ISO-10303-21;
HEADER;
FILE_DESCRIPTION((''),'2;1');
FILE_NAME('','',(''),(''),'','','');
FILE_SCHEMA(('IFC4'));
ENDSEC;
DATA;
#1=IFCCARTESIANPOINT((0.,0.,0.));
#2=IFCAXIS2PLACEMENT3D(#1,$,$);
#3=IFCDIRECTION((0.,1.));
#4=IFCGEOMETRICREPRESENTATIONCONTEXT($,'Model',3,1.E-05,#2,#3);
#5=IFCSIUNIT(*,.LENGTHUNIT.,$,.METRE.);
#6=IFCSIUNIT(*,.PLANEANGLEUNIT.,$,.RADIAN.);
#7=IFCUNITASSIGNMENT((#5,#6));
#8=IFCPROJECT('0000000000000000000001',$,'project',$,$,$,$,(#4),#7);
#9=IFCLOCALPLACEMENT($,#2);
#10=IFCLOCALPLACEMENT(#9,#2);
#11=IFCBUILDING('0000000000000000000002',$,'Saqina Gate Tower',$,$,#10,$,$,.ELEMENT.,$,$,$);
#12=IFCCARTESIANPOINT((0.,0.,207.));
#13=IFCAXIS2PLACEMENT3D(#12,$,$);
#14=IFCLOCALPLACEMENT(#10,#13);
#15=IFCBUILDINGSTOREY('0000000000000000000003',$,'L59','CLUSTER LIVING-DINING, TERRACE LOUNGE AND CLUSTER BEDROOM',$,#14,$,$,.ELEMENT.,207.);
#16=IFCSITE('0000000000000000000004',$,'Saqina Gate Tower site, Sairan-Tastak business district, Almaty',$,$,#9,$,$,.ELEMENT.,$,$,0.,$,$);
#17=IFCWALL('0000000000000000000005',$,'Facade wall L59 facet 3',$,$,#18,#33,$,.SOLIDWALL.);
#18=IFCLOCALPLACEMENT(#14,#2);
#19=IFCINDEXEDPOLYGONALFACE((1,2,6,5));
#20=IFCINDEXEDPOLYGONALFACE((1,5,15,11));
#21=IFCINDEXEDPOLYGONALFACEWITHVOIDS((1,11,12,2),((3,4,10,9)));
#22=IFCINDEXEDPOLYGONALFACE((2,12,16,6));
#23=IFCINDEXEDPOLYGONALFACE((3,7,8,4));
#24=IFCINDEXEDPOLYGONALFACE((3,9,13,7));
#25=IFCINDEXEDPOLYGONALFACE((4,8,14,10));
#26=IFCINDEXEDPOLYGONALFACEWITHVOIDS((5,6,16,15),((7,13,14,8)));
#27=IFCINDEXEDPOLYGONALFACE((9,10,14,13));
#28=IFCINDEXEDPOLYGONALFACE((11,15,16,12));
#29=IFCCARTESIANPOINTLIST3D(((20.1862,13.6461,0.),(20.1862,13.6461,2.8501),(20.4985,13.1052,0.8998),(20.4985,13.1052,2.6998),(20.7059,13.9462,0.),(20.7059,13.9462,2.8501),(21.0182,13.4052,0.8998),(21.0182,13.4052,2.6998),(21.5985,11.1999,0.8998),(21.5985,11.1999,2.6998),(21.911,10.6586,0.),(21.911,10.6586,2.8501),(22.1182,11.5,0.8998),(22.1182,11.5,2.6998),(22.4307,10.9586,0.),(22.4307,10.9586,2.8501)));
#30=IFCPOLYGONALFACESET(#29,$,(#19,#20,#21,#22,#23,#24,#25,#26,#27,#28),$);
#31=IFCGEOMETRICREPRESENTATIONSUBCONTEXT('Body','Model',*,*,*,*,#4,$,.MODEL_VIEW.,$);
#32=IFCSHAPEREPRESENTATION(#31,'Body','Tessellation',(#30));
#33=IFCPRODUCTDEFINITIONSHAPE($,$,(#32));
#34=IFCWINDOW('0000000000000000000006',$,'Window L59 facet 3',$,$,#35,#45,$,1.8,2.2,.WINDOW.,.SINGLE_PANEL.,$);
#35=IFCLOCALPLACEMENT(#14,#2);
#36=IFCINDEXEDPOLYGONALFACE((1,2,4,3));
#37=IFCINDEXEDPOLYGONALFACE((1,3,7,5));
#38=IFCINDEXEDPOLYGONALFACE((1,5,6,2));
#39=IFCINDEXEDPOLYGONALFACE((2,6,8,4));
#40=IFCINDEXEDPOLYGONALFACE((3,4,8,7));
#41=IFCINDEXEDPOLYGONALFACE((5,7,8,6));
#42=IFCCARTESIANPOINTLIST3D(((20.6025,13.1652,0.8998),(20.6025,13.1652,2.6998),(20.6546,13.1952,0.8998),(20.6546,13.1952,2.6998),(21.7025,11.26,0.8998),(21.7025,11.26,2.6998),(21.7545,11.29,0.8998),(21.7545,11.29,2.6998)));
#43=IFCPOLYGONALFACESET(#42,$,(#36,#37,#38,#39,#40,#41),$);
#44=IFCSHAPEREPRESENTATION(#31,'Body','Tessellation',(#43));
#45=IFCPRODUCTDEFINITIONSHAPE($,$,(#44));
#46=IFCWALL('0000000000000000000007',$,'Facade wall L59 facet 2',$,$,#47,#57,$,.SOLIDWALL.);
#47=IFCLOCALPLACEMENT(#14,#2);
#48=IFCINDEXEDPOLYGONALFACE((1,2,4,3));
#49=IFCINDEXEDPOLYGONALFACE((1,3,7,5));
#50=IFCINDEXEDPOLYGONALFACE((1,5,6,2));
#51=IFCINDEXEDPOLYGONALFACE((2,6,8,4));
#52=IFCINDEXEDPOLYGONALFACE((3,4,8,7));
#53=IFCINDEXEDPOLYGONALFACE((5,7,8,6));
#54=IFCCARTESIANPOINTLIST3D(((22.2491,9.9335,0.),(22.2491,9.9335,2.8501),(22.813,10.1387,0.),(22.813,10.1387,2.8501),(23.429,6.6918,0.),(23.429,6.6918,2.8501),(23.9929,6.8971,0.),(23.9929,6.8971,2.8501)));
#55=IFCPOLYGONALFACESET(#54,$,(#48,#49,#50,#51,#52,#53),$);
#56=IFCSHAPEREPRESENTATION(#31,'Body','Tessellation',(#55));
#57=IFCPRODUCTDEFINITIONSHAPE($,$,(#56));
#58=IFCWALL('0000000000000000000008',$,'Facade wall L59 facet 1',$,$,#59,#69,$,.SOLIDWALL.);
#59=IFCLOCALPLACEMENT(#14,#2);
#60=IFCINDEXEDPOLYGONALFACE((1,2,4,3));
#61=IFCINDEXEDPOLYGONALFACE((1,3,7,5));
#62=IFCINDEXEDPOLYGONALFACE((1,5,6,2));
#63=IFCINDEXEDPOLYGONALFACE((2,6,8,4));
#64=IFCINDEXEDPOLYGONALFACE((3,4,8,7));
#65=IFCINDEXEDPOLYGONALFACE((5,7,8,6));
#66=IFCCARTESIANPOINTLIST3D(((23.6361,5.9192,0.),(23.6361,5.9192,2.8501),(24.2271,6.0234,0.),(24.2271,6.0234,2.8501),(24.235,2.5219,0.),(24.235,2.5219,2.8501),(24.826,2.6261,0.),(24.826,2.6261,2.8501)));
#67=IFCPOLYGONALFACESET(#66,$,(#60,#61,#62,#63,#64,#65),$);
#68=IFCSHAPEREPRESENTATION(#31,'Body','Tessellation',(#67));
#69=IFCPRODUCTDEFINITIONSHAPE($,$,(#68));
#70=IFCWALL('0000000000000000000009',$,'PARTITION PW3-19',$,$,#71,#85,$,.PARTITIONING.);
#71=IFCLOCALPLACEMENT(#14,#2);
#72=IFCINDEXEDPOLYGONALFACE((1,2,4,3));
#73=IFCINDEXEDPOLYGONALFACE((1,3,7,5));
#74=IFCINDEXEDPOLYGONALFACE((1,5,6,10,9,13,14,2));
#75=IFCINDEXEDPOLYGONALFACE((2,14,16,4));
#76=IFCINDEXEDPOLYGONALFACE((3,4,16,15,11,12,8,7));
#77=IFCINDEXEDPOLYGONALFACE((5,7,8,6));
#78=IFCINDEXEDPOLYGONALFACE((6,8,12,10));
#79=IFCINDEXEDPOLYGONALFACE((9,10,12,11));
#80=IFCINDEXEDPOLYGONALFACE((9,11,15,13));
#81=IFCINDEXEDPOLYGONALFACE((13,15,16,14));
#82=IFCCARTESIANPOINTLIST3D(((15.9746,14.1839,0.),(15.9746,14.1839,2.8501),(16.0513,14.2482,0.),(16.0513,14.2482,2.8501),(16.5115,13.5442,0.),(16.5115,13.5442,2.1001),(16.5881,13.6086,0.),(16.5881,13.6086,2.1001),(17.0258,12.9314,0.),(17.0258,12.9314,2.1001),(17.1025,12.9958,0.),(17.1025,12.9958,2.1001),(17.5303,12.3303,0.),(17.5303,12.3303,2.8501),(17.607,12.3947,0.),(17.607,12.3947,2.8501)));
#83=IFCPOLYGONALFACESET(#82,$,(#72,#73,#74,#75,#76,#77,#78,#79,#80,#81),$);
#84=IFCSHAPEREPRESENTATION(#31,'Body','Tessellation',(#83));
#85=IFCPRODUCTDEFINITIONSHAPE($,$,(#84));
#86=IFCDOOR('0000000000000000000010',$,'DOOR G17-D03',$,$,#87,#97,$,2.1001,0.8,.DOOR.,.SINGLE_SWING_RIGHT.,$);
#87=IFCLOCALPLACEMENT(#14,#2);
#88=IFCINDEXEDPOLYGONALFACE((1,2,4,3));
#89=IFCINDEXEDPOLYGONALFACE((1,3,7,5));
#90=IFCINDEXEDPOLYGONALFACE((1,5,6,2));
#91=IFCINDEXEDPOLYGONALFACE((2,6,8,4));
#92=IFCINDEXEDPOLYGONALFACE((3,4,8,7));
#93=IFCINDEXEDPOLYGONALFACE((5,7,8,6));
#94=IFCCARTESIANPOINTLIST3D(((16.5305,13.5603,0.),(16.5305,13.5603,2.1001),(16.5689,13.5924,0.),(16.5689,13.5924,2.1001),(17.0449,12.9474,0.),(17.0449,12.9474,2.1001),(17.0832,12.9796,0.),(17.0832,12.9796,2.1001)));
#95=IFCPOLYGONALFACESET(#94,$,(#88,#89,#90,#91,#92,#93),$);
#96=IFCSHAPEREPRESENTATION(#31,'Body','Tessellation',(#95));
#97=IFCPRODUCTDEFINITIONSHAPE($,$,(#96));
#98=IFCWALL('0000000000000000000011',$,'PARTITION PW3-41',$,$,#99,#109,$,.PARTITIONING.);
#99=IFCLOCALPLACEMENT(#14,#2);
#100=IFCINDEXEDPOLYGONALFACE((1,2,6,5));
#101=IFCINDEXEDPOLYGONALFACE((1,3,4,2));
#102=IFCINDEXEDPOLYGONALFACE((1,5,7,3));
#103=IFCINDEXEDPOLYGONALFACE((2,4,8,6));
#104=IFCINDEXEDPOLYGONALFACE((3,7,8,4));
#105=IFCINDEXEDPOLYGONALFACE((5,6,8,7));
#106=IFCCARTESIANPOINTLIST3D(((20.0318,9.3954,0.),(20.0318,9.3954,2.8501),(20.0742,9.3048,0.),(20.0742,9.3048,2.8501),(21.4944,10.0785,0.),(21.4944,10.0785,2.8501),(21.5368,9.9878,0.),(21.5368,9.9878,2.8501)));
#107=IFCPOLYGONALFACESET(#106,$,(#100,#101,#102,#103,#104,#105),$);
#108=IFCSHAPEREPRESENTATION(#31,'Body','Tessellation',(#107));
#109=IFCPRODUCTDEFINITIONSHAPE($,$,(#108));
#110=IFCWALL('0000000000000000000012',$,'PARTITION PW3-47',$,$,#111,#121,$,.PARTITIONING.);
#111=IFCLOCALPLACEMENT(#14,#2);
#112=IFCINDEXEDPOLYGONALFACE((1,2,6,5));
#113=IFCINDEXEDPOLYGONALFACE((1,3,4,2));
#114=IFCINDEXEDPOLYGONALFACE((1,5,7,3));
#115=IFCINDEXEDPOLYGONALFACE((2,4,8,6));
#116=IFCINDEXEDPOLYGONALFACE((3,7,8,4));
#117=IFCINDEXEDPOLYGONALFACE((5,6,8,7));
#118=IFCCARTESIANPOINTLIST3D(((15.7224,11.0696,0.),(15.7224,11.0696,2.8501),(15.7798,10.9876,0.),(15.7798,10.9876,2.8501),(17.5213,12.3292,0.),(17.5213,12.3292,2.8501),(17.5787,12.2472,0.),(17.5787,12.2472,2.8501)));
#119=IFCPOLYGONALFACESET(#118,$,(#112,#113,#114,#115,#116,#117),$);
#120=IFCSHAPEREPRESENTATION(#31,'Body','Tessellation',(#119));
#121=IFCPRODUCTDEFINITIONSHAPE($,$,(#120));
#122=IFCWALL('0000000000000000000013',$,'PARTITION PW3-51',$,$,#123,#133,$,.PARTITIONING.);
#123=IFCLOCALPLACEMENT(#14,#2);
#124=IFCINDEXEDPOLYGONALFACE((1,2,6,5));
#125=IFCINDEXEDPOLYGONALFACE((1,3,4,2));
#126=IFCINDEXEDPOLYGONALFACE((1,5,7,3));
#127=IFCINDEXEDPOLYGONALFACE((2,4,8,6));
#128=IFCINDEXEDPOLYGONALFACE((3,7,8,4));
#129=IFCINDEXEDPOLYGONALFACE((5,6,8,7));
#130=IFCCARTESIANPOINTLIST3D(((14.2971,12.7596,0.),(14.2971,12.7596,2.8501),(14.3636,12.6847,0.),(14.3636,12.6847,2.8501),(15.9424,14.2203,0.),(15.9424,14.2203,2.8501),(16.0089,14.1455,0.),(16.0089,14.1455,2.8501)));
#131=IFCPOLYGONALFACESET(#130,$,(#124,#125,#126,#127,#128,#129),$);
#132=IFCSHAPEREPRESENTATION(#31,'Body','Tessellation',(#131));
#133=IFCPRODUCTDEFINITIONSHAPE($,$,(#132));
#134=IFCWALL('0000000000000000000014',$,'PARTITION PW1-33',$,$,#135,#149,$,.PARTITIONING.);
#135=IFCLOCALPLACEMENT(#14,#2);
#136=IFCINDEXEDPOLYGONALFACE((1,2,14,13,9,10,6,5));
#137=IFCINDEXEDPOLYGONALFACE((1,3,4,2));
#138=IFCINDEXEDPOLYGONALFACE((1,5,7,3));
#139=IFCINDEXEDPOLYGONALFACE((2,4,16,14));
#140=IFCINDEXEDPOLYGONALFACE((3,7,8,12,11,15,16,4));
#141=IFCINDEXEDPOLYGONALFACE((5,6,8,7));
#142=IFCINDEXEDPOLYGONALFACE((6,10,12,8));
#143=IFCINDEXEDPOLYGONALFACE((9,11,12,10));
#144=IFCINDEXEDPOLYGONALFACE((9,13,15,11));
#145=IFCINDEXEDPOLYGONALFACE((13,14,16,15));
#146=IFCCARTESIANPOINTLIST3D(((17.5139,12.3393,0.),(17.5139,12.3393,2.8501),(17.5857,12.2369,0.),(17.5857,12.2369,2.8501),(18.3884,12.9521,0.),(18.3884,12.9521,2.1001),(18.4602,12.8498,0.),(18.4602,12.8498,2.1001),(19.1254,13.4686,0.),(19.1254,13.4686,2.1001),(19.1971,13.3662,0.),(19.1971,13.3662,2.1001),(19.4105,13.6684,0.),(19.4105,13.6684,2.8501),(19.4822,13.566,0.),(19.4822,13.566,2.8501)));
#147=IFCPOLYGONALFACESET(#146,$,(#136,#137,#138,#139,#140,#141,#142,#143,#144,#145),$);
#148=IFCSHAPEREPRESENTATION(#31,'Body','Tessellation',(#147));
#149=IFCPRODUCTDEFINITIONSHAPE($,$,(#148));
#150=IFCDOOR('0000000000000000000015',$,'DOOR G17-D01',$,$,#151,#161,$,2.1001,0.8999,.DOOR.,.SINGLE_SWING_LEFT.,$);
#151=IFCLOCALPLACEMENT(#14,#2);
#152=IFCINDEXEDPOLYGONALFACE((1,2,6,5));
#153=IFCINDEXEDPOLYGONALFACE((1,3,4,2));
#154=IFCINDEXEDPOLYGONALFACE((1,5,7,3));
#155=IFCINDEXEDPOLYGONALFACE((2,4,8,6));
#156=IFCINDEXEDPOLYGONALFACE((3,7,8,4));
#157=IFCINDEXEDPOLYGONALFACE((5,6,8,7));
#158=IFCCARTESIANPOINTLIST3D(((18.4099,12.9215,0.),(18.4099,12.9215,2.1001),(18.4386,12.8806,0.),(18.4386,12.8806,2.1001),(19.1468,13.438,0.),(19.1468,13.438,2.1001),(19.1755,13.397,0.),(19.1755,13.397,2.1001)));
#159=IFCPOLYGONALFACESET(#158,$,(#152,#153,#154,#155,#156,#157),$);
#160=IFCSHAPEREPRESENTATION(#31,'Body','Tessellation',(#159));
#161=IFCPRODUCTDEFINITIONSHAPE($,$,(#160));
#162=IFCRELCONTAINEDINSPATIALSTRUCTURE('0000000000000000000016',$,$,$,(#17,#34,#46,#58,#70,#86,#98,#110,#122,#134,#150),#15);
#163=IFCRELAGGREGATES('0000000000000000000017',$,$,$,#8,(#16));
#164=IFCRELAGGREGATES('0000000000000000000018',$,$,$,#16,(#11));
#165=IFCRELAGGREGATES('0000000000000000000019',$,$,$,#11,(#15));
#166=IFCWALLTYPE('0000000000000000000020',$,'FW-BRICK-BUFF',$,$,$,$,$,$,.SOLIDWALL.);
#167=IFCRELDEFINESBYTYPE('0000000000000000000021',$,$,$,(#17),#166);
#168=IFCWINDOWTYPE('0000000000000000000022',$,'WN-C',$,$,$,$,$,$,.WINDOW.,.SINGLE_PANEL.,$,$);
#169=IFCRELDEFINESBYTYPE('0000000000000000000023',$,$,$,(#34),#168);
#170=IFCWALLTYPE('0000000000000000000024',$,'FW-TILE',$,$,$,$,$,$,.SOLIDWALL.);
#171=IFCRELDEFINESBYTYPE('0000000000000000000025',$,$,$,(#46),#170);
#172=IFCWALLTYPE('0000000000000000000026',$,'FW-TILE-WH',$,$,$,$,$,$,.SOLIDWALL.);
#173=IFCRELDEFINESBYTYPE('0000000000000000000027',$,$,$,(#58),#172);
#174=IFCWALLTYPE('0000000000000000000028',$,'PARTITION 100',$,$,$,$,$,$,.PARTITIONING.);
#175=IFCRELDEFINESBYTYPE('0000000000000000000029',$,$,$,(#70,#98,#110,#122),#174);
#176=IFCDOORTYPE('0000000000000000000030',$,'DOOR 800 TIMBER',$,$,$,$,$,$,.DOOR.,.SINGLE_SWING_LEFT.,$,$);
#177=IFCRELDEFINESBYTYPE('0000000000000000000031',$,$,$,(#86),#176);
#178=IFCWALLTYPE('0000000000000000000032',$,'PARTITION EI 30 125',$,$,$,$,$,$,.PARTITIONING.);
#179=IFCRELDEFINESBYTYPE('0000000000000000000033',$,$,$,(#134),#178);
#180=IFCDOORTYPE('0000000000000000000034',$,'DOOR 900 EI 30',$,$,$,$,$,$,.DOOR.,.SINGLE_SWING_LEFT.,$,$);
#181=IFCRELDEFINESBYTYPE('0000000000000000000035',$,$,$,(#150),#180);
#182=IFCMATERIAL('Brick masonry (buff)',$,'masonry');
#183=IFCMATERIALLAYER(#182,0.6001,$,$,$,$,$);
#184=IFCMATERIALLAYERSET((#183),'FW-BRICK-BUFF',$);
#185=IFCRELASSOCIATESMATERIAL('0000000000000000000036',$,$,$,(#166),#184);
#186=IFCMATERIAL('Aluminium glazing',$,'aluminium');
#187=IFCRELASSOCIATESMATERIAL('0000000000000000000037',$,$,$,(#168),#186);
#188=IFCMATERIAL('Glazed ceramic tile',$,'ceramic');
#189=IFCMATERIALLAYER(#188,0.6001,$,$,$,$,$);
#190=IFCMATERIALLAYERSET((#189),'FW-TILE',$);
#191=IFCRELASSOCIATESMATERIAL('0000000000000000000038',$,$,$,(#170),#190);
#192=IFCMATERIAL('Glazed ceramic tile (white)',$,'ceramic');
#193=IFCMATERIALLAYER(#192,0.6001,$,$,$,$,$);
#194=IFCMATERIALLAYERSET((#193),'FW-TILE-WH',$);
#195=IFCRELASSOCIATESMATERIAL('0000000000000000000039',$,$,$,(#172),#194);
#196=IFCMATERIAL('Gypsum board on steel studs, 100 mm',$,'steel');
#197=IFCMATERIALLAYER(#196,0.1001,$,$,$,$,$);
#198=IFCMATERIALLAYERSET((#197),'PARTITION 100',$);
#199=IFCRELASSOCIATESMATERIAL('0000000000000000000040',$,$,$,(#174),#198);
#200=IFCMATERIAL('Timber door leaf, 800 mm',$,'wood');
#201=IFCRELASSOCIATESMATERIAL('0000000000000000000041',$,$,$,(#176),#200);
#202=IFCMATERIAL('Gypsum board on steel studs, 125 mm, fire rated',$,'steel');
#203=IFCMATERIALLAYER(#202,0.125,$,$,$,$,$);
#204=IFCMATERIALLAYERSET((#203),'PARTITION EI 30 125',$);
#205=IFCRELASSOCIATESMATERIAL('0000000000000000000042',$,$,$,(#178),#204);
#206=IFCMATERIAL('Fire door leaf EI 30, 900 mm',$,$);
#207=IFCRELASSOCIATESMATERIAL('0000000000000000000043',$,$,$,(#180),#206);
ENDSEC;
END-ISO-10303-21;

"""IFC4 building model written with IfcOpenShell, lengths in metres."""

from ifc_helpers import new_model, si_unit, direction, frame, frame_2d, origin, place, context, subcontext, project, spatial, rectangle, extrude, material, layer, layer_set, type_object, element, fill, save


model = new_model("IFC4")

# Units and contexts
model_context = context("Model", 3, precision=1e-05, world=origin(), true_north=direction((0.0, 1.0)))
body_context = subcontext(model_context, "Body", "Model", "MODEL_VIEW")
ifc_project = project(units=[si_unit("LENGTHUNIT", "METRE"), si_unit("PLANEANGLEUNIT", "RADIAN")], contexts=[model_context])

# Site, building, storey
site_placement = place(None, origin())
site = spatial("IfcSite", under=ifc_project, at=site_placement, Name="Saqina Gate Tower site, Sairan-Tastak business district, Almaty", CompositionType="ELEMENT", RefElevation=0.0)
building_placement = place(site_placement, origin())
building = spatial("IfcBuilding", under=site, at=building_placement, Name="Saqina Gate Tower", CompositionType="ELEMENT")
storey_placement = place(building_placement, frame((0.0, 0.0, 207.0)))
storey = spatial("IfcBuildingStorey", under=building, at=storey_placement, Name="L59", Description="CLUSTER LIVING-DINING, TERRACE LOUNGE AND CLUSTER BEDROOM", CompositionType="ELEMENT", Elevation=207.0)

# Wall, opening, window
ifc_material_1 = material(Name="Brick masonry (buff)", Category="masonry")
ifc_layer_1 = layer(ifc_material_1, 0.6001)
ifc_layer_set_1 = layer_set([ifc_layer_1], Name="FW-BRICK-BUFF")
wall_type_1 = type_object("IfcWallType", Name="FW-BRICK-BUFF", PredefinedType="SOLIDWALL", material=ifc_layer_set_1)
wall_1_placement = place(storey_placement, frame((22.1709, 10.8086, 0.0), z_axis=(0.0, 0.0, 1.0), x_axis=(-0.499998, 0.866026, 0.0)))
wall_1 = element("IfcWall", 1, at=wall_1_placement, inside=storey, type_object=wall_type_1, Name="Facade wall L59 facet 3", PredefinedType="SOLIDWALL", context=body_context, shape_type="SweptSolid", body=[
    extrude(rectangle(XDim=3.4497, YDim=0.6001, at=frame_2d((1.7249, 0.0))), origin(), (0.0, 0.0, 1.0), 2.8501),
])
opening_1_placement = place(wall_1_placement, frame((0.625, 0.0, 0.8999)))
opening_1 = element("IfcOpeningElement", 2, at=opening_1_placement, cuts=wall_1, PredefinedType="OPENING", context=body_context, shape_type="SweptSolid", body=[
    extrude(rectangle(XDim=2.2, YDim=1.8, at=frame_2d((1.1001, 0.8999))), frame((0.0, 0.312, 0.0), z_axis=(0.0, -1.0, 0.0), x_axis=(1.0, 0.0, 0.0)), (0.0, 0.0, 1.0), 0.624),
])
ifc_material_2 = material(Name="Aluminium glazing", Category="aluminium")
window_type = type_object("IfcWindowType", Name="WN-C", PartitioningType="SINGLE_PANEL", PredefinedType="WINDOW", material=ifc_material_2)
window_placement = place(opening_1_placement, origin())
window = element("IfcWindow", 3, at=window_placement, inside=storey, type_object=window_type, Name="Window L59 facet 3", OverallHeight=1.8, OverallWidth=2.2, PartitioningType="SINGLE_PANEL", PredefinedType="WINDOW", context=body_context, shape_type="SweptSolid", body=[
    extrude(rectangle(XDim=2.2, YDim=1.8, at=frame_2d((1.1001, 0.8999))), frame((0.0, 0.1799, 0.0), z_axis=(0.0, -1.0, 0.0), x_axis=(1.0, 0.0, 0.0)), (0.0, 0.0, 1.0), 0.0601),
])
fill(opening_1, window)

# Walls
ifc_material_3 = material(Name="Glazed ceramic tile", Category="ceramic")
ifc_layer_2 = layer(ifc_material_3, 0.6001)
ifc_layer_set_2 = layer_set([ifc_layer_2], Name="FW-TILE")
wall_type_2 = type_object("IfcWallType", Name="FW-TILE", PredefinedType="SOLIDWALL", material=ifc_layer_set_2)
wall_2_placement = place(storey_placement, frame((23.7109, 6.7944, 0.0), z_axis=(0.0, 0.0, 1.0), x_axis=(-0.342033, 0.939688, 0.0)))
element("IfcWall", 4, at=wall_2_placement, inside=storey, type_object=wall_type_2, Name="Facade wall L59 facet 2", PredefinedType="SOLIDWALL", context=body_context, shape_type="SweptSolid", body=[
    extrude(rectangle(XDim=3.4497, YDim=0.6001, at=frame_2d((1.7249, 0.0))), origin(), (0.0, 0.0, 1.0), 2.8501),
])
ifc_material_4 = material(Name="Glazed ceramic tile (white)", Category="ceramic")
ifc_layer_3 = layer(ifc_material_4, 0.6001)
ifc_layer_set_3 = layer_set([ifc_layer_3], Name="FW-TILE-WH")
wall_type_3 = type_object("IfcWallType", Name="FW-TILE-WH", PredefinedType="SOLIDWALL", material=ifc_layer_set_3)
wall_3_placement = place(storey_placement, frame((24.5305, 2.574, 0.0), z_axis=(0.0, 0.0, 1.0), x_axis=(-0.173608, 0.984815, 0.0)))
element("IfcWall", 5, at=wall_3_placement, inside=storey, type_object=wall_type_3, Name="Facade wall L59 facet 1", PredefinedType="SOLIDWALL", context=body_context, shape_type="SweptSolid", body=[
    extrude(rectangle(XDim=3.4497, YDim=0.6001, at=frame_2d((1.7249, 0.0))), origin(), (0.0, 0.0, 1.0), 2.8501),
])

# Wall, opening, door
ifc_material_5 = material(Name="Gypsum board on steel studs, 100 mm", Category="steel")
ifc_layer_4 = layer(ifc_material_5, 0.1001)
ifc_layer_set_4 = layer_set([ifc_layer_4], Name="PARTITION 100")
wall_type_4 = type_object("IfcWallType", Name="PARTITION 100", PredefinedType="PARTITIONING", material=ifc_layer_set_4)
wall_4_placement = place(storey_placement, frame((16.0129, 14.2161, 0.0), z_axis=(0.0, 0.0, 1.0), x_axis=(0.64288, -0.765967, 0.0)))
wall_4 = element("IfcWall", 6, at=wall_4_placement, inside=storey, type_object=wall_type_4, Name="PARTITION PW3-19", PredefinedType="PARTITIONING", context=body_context, shape_type="SweptSolid", body=[
    extrude(rectangle(XDim=2.4199, YDim=0.1001, at=frame_2d((1.21, 0.0))), origin(), (0.0, 0.0, 1.0), 2.8501),
])
opening_2_placement = place(wall_4_placement, frame((0.8352, 0.0, 0.0)))
opening_2 = element("IfcOpeningElement", 7, at=opening_2_placement, cuts=wall_4, PredefinedType="OPENING", context=body_context, shape_type="SweptSolid", body=[
    extrude(rectangle(XDim=0.8, YDim=2.1001, at=frame_2d((0.3999, 1.05))), frame((0.0, 0.062, 0.0), z_axis=(0.0, -1.0, 0.0), x_axis=(1.0, 0.0, 0.0)), (0.0, 0.0, 1.0), 0.124),
])
ifc_material_6 = material(Name="Timber door leaf, 800 mm", Category="wood")
door_type_1 = type_object("IfcDoorType", Name="DOOR 800 TIMBER", OperationType="SINGLE_SWING_LEFT", PredefinedType="DOOR", material=ifc_material_6)
door_1_placement = place(opening_2_placement, origin())
door_1 = element("IfcDoor", 8, at=door_1_placement, inside=storey, type_object=door_type_1, Name="DOOR G17-D03", OperationType="SINGLE_SWING_RIGHT", OverallHeight=2.1001, OverallWidth=0.8, PredefinedType="DOOR", context=body_context, shape_type="SweptSolid", body=[
    extrude(rectangle(XDim=0.8, YDim=2.1001, at=frame_2d((0.3999, 1.05))), frame((0.0, 0.0249, 0.0), z_axis=(0.0, -1.0, 0.0), x_axis=(1.0, 0.0, 0.0)), (0.0, 0.0, 1.0), 0.05),
])
fill(opening_2, door_1)

# Walls
wall_5_placement = place(storey_placement, frame((20.053, 9.3501, 0.0), z_axis=(0.0, 0.0, 1.0), x_axis=(0.906056, 0.423159, 0.0)))
element("IfcWall", 9, at=wall_5_placement, inside=storey, type_object=wall_type_4, Name="PARTITION PW3-41", PredefinedType="PARTITIONING", context=body_context, shape_type="SweptSolid", body=[
    extrude(rectangle(XDim=1.6143, YDim=0.1001, at=frame_2d((0.8071, 0.0))), origin(), (0.0, 0.0, 1.0), 2.8501),
])
wall_6_placement = place(storey_placement, frame((15.751, 11.0286, 0.0), z_axis=(0.0, 0.0, 1.0), x_axis=(0.819159, 0.573567, 0.0)))
element("IfcWall", 10, at=wall_6_placement, inside=storey, type_object=wall_type_4, Name="PARTITION PW3-47", PredefinedType="PARTITIONING", context=body_context, shape_type="SweptSolid", body=[
    extrude(rectangle(XDim=2.196, YDim=0.1001, at=frame_2d((1.0981, 0.0))), origin(), (0.0, 0.0, 1.0), 2.8501),
])
wall_7_placement = place(storey_placement, frame((14.3303, 12.7222, 0.0), z_axis=(0.0, 0.0, 1.0), x_axis=(0.747807, 0.663916, 0.0)))
element("IfcWall", 11, at=wall_7_placement, inside=storey, type_object=wall_type_4, Name="PARTITION PW3-51", PredefinedType="PARTITIONING", context=body_context, shape_type="SweptSolid", body=[
    extrude(rectangle(XDim=2.2002, YDim=0.1001, at=frame_2d((1.1001, 0.0))), origin(), (0.0, 0.0, 1.0), 2.8501),
])

# Wall, opening, door
ifc_material_7 = material(Name="Gypsum board on steel studs, 125 mm, fire rated", Category="steel")
ifc_layer_5 = layer(ifc_material_7, 0.125)
ifc_layer_set_5 = layer_set([ifc_layer_5], Name="PARTITION EI 30 125")
wall_type_5 = type_object("IfcWallType", Name="PARTITION EI 30 125", PredefinedType="PARTITIONING", material=ifc_layer_set_5)
wall_8_placement = place(storey_placement, frame((17.5498, 12.2881, 0.0), z_axis=(0.0, 0.0, 1.0), x_axis=(0.818915, 0.573915, 0.0)))
wall_8 = element("IfcWall", 12, at=wall_8_placement, inside=storey, type_object=wall_type_5, Name="PARTITION PW1-33", PredefinedType="PARTITIONING", context=body_context, shape_type="SweptSolid", body=[
    extrude(rectangle(XDim=2.3159, YDim=0.125, at=frame_2d((1.158, 0.0))), origin(), (0.0, 0.0, 1.0), 2.8501),
])
opening_3_placement = place(wall_8_placement, frame((1.0679, 0.0, 0.0)))
opening_3 = element("IfcOpeningElement", 13, at=opening_3_placement, cuts=wall_8, PredefinedType="OPENING", context=body_context, shape_type="SweptSolid", body=[
    extrude(rectangle(XDim=0.8999, YDim=2.1001, at=frame_2d((0.45, 1.05))), frame((0.0, 0.0745, 0.0), z_axis=(0.0, -1.0, 0.0), x_axis=(1.0, 0.0, 0.0)), (0.0, 0.0, 1.0), 0.1489),
])
ifc_material_8 = material(Name="Fire door leaf EI 30, 900 mm")
door_type_2 = type_object("IfcDoorType", Name="DOOR 900 EI 30", OperationType="SINGLE_SWING_LEFT", PredefinedType="DOOR", material=ifc_material_8)
door_2_placement = place(opening_3_placement, frame((0.8999, 0.0, 0.0), z_axis=(0.0, 0.0, 1.0), x_axis=(-1.0, 0.0, 0.0)))
door_2 = element("IfcDoor", 14, at=door_2_placement, inside=storey, type_object=door_type_2, Name="DOOR G17-D01", OperationType="SINGLE_SWING_LEFT", OverallHeight=2.1001, OverallWidth=0.8999, PredefinedType="DOOR", context=body_context, shape_type="SweptSolid", body=[
    extrude(rectangle(XDim=0.8999, YDim=2.1001, at=frame_2d((0.45, 1.05))), frame((0.0, 0.0249, 0.0), z_axis=(0.0, -1.0, 0.0), x_axis=(1.0, 0.0, 0.0)), (0.0, 0.0, 1.0), 0.05),
])
fill(opening_3, door_2)

save(model, "model.ifc")
